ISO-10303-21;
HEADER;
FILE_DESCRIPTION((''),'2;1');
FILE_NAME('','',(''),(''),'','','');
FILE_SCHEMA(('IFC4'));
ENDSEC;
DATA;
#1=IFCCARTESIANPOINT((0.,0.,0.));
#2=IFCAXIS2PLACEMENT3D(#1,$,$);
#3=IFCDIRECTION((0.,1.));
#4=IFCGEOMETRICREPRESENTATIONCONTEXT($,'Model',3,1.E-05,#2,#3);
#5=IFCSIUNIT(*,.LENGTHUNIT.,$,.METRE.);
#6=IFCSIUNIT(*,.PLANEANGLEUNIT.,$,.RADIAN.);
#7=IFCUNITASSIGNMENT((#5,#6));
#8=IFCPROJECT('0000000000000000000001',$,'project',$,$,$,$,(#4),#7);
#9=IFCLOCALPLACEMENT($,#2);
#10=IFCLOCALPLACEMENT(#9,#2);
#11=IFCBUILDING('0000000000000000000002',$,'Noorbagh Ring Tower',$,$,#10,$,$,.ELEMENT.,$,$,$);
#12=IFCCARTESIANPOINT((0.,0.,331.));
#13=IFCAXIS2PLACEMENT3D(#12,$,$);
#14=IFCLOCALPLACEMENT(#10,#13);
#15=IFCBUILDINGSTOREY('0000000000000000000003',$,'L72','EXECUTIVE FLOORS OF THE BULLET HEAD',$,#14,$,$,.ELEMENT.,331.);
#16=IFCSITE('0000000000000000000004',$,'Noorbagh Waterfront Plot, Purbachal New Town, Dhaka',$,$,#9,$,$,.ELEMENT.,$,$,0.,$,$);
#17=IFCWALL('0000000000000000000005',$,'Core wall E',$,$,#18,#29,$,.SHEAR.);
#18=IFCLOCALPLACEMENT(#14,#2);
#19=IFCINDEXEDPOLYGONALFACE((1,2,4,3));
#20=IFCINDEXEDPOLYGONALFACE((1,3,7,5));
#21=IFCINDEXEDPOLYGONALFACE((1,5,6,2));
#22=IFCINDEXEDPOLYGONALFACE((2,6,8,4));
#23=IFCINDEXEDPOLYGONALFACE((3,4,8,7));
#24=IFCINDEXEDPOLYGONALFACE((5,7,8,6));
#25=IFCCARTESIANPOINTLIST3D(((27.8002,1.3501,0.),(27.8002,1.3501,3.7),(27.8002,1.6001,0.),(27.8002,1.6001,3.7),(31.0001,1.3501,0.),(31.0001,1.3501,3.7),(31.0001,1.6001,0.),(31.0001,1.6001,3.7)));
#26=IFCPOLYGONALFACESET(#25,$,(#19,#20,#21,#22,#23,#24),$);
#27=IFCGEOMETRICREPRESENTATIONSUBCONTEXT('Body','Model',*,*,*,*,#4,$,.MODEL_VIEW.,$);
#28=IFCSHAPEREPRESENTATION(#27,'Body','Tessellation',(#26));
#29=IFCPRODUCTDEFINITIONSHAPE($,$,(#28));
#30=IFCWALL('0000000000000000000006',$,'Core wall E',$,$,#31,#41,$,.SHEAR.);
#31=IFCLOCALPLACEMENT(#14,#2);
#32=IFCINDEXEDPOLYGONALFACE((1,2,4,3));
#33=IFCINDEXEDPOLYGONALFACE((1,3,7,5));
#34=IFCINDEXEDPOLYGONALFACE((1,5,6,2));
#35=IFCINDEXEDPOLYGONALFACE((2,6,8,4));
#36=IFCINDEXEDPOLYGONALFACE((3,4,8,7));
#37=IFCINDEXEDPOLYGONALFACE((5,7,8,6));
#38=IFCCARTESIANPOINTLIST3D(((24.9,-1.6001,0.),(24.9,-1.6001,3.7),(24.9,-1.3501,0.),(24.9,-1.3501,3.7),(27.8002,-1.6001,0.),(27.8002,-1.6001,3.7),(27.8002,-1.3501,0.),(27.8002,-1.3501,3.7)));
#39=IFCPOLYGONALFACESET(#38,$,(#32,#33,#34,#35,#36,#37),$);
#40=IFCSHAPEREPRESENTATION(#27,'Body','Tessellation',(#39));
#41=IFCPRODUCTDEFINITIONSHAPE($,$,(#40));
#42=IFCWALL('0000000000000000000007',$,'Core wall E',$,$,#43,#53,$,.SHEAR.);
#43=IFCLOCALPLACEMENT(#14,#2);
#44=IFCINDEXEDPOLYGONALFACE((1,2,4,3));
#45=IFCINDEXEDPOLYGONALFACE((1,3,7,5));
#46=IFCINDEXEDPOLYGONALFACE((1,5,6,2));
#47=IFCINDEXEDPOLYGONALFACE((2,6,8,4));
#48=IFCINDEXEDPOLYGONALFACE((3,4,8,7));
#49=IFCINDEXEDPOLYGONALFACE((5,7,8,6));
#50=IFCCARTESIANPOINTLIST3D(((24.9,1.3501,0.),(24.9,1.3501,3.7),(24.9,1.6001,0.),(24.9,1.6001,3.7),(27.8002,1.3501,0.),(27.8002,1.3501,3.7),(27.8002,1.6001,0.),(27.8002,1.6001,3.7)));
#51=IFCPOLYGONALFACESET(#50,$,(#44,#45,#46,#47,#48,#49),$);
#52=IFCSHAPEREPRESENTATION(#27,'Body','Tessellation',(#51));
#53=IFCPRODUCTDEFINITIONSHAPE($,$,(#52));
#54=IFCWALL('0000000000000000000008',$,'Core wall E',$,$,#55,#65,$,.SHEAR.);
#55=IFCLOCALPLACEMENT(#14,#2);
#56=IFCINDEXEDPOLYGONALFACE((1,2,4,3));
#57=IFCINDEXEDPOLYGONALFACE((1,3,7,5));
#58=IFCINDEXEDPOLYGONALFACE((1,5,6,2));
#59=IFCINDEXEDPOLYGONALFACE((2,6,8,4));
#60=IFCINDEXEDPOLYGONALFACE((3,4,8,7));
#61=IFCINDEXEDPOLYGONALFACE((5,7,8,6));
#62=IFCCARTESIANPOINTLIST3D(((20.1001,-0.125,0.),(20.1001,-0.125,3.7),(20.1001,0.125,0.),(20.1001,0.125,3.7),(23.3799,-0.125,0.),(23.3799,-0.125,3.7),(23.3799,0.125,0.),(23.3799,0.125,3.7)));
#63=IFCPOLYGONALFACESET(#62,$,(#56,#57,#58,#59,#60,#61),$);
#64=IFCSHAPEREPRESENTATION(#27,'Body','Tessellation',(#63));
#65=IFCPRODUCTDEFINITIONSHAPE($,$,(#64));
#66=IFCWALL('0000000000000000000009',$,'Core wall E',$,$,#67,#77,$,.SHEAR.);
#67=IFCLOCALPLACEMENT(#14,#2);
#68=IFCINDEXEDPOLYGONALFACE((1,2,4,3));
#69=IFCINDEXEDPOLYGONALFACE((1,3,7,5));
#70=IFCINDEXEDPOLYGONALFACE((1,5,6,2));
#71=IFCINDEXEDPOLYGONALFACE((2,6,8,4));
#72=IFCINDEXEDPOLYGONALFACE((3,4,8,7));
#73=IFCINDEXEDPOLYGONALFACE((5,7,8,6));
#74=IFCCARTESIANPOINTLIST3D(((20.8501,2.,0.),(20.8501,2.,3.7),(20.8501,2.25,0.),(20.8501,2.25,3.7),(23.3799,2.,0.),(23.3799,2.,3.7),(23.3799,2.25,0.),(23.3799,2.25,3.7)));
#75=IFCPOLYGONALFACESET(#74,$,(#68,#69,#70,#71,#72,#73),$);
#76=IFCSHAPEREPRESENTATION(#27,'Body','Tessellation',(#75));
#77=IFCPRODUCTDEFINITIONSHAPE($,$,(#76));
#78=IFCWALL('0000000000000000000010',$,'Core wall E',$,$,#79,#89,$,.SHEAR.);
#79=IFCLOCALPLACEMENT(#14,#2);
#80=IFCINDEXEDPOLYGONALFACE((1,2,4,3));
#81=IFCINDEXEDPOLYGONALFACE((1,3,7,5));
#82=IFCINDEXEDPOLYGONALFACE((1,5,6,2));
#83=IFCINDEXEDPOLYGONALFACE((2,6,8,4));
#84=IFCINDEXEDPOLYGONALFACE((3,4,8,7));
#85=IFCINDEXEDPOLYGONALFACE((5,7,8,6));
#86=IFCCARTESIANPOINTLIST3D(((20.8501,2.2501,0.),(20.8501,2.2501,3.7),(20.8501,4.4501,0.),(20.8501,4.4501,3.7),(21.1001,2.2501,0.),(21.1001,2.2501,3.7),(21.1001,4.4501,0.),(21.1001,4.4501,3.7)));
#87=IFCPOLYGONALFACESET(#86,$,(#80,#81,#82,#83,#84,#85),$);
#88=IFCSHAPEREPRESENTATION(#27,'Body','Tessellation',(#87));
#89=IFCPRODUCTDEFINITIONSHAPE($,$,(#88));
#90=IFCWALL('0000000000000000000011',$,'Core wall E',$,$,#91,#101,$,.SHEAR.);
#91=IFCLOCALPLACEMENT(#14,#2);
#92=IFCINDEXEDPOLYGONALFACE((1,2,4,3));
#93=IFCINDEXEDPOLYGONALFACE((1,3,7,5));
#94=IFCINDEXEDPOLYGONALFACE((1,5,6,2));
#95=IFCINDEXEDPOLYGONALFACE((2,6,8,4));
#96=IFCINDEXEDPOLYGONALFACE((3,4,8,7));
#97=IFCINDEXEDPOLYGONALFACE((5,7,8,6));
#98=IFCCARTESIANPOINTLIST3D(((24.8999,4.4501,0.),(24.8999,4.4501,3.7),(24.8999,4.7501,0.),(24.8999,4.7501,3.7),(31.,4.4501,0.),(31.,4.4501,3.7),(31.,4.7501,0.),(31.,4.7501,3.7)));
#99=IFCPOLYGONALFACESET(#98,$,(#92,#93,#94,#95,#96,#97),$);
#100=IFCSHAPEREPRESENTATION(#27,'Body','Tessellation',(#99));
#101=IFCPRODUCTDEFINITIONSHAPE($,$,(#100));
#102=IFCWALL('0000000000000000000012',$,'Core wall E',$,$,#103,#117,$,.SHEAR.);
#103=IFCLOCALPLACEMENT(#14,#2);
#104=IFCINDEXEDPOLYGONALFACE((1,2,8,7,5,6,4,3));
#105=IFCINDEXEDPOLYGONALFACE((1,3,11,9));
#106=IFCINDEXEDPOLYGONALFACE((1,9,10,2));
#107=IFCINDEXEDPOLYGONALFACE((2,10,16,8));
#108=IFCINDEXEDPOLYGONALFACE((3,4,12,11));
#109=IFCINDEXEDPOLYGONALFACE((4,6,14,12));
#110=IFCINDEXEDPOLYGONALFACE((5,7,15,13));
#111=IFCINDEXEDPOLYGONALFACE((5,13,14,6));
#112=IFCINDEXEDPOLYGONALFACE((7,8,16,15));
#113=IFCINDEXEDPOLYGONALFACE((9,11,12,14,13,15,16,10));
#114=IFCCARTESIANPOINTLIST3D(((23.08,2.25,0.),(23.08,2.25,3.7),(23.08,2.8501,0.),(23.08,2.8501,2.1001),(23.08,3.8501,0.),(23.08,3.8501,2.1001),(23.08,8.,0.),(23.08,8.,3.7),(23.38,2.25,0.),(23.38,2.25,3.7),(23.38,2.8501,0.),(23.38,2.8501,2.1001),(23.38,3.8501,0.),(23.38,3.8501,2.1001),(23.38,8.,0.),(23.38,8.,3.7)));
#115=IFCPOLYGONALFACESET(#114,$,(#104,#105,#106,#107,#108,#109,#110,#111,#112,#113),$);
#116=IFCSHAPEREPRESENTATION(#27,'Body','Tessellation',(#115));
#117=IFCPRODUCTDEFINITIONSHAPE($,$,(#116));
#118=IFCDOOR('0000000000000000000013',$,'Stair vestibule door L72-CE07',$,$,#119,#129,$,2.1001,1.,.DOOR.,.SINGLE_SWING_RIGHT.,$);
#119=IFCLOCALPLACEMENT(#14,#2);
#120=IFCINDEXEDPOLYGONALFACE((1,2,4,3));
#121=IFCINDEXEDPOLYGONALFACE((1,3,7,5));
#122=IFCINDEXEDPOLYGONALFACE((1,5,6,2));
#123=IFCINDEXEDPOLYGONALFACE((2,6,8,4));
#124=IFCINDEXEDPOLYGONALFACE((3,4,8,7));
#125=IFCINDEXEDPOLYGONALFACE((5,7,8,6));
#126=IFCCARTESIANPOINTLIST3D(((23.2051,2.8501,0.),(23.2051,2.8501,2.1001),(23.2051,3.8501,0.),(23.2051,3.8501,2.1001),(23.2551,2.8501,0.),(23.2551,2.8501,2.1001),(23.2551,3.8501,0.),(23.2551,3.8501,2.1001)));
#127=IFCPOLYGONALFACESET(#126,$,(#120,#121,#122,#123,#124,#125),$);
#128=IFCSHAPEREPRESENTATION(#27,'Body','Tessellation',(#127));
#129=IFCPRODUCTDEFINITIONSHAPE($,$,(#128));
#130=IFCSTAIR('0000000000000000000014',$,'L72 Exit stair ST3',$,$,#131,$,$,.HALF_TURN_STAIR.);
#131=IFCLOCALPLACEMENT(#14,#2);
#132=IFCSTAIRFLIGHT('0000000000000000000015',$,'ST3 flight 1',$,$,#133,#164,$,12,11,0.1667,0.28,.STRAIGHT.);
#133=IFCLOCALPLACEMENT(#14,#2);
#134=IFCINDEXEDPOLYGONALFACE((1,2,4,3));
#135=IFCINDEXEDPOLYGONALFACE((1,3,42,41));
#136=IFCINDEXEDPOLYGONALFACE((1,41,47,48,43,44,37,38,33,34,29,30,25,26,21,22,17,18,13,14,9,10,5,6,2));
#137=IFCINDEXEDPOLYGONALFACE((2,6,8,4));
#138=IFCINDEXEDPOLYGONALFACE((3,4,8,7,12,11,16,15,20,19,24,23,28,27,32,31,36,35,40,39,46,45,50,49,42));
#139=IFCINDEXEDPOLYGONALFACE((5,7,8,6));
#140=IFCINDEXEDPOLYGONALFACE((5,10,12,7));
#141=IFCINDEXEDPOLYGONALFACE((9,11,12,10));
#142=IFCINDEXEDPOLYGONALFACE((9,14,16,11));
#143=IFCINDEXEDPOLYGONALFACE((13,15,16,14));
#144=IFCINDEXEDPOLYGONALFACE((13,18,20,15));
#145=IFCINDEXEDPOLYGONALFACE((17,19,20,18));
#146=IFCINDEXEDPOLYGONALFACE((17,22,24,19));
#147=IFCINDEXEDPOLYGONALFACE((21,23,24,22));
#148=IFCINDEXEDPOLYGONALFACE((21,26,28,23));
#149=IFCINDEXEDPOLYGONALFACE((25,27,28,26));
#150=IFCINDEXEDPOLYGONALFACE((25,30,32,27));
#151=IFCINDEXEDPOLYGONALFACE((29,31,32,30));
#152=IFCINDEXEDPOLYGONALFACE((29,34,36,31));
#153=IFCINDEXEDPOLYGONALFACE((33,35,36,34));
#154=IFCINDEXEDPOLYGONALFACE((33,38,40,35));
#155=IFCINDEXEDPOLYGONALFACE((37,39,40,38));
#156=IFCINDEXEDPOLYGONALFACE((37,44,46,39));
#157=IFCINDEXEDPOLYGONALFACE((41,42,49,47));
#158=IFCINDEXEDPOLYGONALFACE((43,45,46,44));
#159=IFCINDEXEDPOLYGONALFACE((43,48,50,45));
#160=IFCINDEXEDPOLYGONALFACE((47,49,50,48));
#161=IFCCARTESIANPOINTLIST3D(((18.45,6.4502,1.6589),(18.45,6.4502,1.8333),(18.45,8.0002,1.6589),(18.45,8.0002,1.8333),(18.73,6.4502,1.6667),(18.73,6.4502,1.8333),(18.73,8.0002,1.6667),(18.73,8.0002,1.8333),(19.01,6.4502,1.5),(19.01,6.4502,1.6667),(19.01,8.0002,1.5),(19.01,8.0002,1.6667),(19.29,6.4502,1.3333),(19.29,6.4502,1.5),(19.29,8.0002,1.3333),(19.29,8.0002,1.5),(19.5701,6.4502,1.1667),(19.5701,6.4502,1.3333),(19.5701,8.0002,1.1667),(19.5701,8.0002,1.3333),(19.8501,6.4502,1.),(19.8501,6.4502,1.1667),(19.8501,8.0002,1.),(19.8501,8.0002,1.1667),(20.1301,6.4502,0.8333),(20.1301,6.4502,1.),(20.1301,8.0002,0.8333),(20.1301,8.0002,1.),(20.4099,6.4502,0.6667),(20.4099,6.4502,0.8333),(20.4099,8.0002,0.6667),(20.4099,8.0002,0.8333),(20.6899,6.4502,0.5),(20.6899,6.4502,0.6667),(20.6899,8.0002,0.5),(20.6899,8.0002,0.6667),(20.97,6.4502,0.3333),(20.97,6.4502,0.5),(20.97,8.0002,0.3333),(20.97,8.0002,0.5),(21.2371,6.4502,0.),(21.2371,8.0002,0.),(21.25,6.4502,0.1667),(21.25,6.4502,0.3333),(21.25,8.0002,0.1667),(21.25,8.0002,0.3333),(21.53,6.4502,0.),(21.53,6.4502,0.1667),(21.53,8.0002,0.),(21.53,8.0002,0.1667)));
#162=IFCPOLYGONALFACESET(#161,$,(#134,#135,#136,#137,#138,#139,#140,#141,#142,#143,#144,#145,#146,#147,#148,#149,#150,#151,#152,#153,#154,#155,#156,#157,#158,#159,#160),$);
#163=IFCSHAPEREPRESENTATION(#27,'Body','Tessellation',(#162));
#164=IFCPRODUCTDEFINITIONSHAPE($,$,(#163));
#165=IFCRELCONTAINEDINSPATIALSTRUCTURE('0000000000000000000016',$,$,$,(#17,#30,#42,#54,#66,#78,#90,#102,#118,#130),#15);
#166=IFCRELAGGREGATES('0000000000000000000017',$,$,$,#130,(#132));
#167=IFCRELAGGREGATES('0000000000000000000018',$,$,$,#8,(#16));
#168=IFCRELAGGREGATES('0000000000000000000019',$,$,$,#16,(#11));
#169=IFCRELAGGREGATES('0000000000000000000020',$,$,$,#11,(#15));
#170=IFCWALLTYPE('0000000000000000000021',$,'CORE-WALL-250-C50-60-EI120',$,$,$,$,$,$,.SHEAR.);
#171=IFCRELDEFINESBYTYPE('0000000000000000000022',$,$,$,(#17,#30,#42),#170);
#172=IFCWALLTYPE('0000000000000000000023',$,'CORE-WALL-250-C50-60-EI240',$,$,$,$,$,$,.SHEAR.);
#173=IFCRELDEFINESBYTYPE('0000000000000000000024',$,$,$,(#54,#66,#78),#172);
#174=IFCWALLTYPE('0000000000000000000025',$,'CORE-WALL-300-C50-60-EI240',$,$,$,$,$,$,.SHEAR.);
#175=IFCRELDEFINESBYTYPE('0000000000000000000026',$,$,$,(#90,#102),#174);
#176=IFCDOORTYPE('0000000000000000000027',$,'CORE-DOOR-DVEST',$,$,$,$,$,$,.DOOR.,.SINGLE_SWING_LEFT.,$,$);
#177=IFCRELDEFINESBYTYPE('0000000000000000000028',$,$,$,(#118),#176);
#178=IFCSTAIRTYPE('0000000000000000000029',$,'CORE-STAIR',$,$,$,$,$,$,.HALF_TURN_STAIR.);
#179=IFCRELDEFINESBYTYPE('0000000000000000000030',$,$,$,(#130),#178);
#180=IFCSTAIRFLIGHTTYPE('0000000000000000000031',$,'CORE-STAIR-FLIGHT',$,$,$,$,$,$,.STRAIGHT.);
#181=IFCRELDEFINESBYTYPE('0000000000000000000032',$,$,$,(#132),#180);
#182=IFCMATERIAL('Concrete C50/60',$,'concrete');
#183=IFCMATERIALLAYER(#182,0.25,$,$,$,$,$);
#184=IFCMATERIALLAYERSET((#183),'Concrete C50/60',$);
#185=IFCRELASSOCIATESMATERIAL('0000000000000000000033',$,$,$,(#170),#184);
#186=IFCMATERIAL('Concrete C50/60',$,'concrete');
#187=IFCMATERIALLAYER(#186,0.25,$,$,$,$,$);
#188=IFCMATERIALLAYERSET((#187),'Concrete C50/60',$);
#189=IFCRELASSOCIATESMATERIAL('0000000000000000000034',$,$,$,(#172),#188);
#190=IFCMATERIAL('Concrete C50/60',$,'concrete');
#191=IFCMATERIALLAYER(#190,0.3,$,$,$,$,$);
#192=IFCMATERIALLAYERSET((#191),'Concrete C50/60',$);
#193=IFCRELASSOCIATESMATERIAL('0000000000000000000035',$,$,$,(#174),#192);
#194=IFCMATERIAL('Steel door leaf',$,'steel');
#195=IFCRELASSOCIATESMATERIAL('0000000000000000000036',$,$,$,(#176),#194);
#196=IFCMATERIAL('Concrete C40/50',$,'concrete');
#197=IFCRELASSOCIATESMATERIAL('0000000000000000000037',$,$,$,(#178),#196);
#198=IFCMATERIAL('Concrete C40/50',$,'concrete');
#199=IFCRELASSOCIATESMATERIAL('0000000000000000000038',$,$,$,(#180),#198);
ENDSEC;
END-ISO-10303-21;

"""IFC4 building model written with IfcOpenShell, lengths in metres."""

from ifc_helpers import new_model, si_unit, direction, frame, frame_2d, origin, place, context, subcontext, project, spatial, polyline, rectangle, outline, extrude, material, layer, layer_set, type_object, element, fill, aggregate, save


model = new_model("IFC4")

# Units and contexts
model_context = context("Model", 3, precision=1e-05, world=origin(), true_north=direction((0.0, 1.0)))
body_context = subcontext(model_context, "Body", "Model", "MODEL_VIEW")
ifc_project = project(units=[si_unit("LENGTHUNIT", "METRE"), si_unit("PLANEANGLEUNIT", "RADIAN")], contexts=[model_context])

# Site, building, storey
site_placement = place(None, origin())
site = spatial("IfcSite", under=ifc_project, at=site_placement, Name="Noorbagh Waterfront Plot, Purbachal New Town, Dhaka", CompositionType="ELEMENT", RefElevation=0.0)
building_placement = place(site_placement, origin())
building = spatial("IfcBuilding", under=site, at=building_placement, Name="Noorbagh Ring Tower", CompositionType="ELEMENT")
storey_placement = place(building_placement, frame((0.0, 0.0, 331.0)))
storey = spatial("IfcBuildingStorey", under=building, at=storey_placement, Name="L72", Description="EXECUTIVE FLOORS OF THE BULLET HEAD", CompositionType="ELEMENT", Elevation=331.0)

# Walls
ifc_material_1 = material(Name="Concrete C50/60", Category="concrete")
ifc_layer_1 = layer(ifc_material_1, 0.25)
ifc_layer_set_1 = layer_set([ifc_layer_1], Name="Concrete C50/60")
wall_type_1 = type_object("IfcWallType", Name="CORE-WALL-250-C50-60-EI120", PredefinedType="SHEAR", material=ifc_layer_set_1)
wall_1_placement = place(storey_placement, frame((27.8, 1.4751, 0.0), z_axis=(0.0, 0.0, 1.0), x_axis=(1.0, 0.0, 0.0)))
element("IfcWall", 1, at=wall_1_placement, inside=storey, type_object=wall_type_1, Name="Core wall E", PredefinedType="SHEAR", context=body_context, shape_type="SweptSolid", body=[
    extrude(rectangle(XDim=3.2, YDim=0.25, at=frame_2d((1.6001, 0.0))), origin(), (0.0, 0.0, 1.0), 3.7),
])
for number, where, z_axis, x_axis, name in (
    (2, (24.8999, -1.4751, 0.0), (0.0, 0.0, 1.0), (1.0, 0.0, 0.0), "Core wall E"),
    (3, (24.8999, 1.4751, 0.0), (0.0, 0.0, 1.0), (1.0, 0.0, 0.0), "Core wall E"),
):
    element("IfcWall", number, at=place(storey_placement, frame(where, z_axis=z_axis, x_axis=x_axis)), inside=storey, type_object=wall_type_1, Name=name, PredefinedType="SHEAR", context=body_context, shape_type="SweptSolid", body=[
        extrude(rectangle(XDim=2.9001, YDim=0.25, at=frame_2d((1.4502, 0.0))), origin(), (0.0, 0.0, 1.0), 3.7),
    ])
ifc_material_2 = material(Name="Concrete C50/60", Category="concrete")
ifc_layer_2 = layer(ifc_material_2, 0.25)
ifc_layer_set_2 = layer_set([ifc_layer_2], Name="Concrete C50/60")
wall_type_2 = type_object("IfcWallType", Name="CORE-WALL-250-C50-60-EI240", PredefinedType="SHEAR", material=ifc_layer_set_2)
wall_2_placement = place(storey_placement, frame((20.1001, 0.0, 0.0), z_axis=(0.0, 0.0, 1.0), x_axis=(1.0, 0.0, 0.0)))
element("IfcWall", 4, at=wall_2_placement, inside=storey, type_object=wall_type_2, Name="Core wall E", PredefinedType="SHEAR", context=body_context, shape_type="SweptSolid", body=[
    extrude(rectangle(XDim=3.2798, YDim=0.25, at=frame_2d((1.6399, 0.0))), origin(), (0.0, 0.0, 1.0), 3.7),
])
wall_3_placement = place(storey_placement, frame((20.8501, 2.125, 0.0), z_axis=(0.0, 0.0, 1.0), x_axis=(1.0, 0.0, 0.0)))
element("IfcWall", 5, at=wall_3_placement, inside=storey, type_object=wall_type_2, Name="Core wall E", PredefinedType="SHEAR", context=body_context, shape_type="SweptSolid", body=[
    extrude(rectangle(XDim=2.5298, YDim=0.25, at=frame_2d((1.2649, 0.0))), origin(), (0.0, 0.0, 1.0), 3.7),
])
wall_4_placement = place(storey_placement, frame((20.9751, 2.25, 0.0), z_axis=(0.0, 0.0, 1.0), x_axis=(0.0, 1.0, 0.0)))
element("IfcWall", 6, at=wall_4_placement, inside=storey, type_object=wall_type_2, Name="Core wall E", PredefinedType="SHEAR", context=body_context, shape_type="SweptSolid", body=[
    extrude(rectangle(XDim=2.2, YDim=0.25, at=frame_2d((1.1001, 0.0))), origin(), (0.0, 0.0, 1.0), 3.7),
])
ifc_material_3 = material(Name="Concrete C50/60", Category="concrete")
ifc_layer_3 = layer(ifc_material_3, 0.3)
ifc_layer_set_3 = layer_set([ifc_layer_3], Name="Concrete C50/60")
wall_type_3 = type_object("IfcWallType", Name="CORE-WALL-300-C50-60-EI240", PredefinedType="SHEAR", material=ifc_layer_set_3)
wall_5_placement = place(storey_placement, frame((24.8999, 4.6001, 0.0), z_axis=(0.0, 0.0, 1.0), x_axis=(1.0, 0.0, 0.0)))
element("IfcWall", 7, at=wall_5_placement, inside=storey, type_object=wall_type_3, Name="Core wall E", PredefinedType="SHEAR", context=body_context, shape_type="SweptSolid", body=[
    extrude(rectangle(XDim=6.1001, YDim=0.3, at=frame_2d((3.05, 0.0))), origin(), (0.0, 0.0, 1.0), 3.7),
])

# Wall, opening, door
wall_6_placement = place(storey_placement, frame((23.23, 2.25, 0.0), z_axis=(0.0, 0.0, 1.0), x_axis=(0.0, 1.0, 0.0)))
wall_6 = element("IfcWall", 8, at=wall_6_placement, inside=storey, type_object=wall_type_3, Name="Core wall E", PredefinedType="SHEAR", context=body_context, shape_type="SweptSolid", body=[
    extrude(rectangle(XDim=5.75, YDim=0.3, at=frame_2d((2.875, 0.0))), origin(), (0.0, 0.0, 1.0), 3.7),
])
opening_1_placement = place(wall_6_placement, frame((0.6001, 0.0, 0.0)))
opening_1 = element("IfcOpeningElement", 9, at=opening_1_placement, cuts=wall_6, PredefinedType="OPENING", context=body_context, shape_type="SweptSolid", body=[
    extrude(rectangle(XDim=1.0, YDim=2.1001, at=frame_2d((0.5, 1.05))), frame((0.0, 0.1602, 0.0), z_axis=(0.0, -1.0, 0.0), x_axis=(1.0, 0.0, 0.0)), (0.0, 0.0, 1.0), 0.3201),
])
ifc_material_4 = material(Name="Steel door leaf", Category="steel")
door_type_1 = type_object("IfcDoorType", Name="CORE-DOOR-DVEST", OperationType="SINGLE_SWING_LEFT", PredefinedType="DOOR", material=ifc_material_4)
door_1_placement = place(opening_1_placement, origin())
door_1 = element("IfcDoor", 10, at=door_1_placement, inside=storey, type_object=door_type_1, Name="Stair vestibule door L72-CE07", OperationType="SINGLE_SWING_RIGHT", OverallHeight=2.1001, OverallWidth=1.0, PredefinedType="DOOR", context=body_context, shape_type="SweptSolid", body=[
    extrude(rectangle(XDim=1.0, YDim=2.1001, at=frame_2d((0.5, 1.05))), frame((0.0, 0.0249, 0.0), z_axis=(0.0, -1.0, 0.0), x_axis=(1.0, 0.0, 0.0)), (0.0, 0.0, 1.0), 0.05),
])
fill(opening_1, door_1)

# Stair, stair flight
ifc_material_5 = material(Name="Concrete C40/50", Category="concrete")
stair_type = type_object("IfcStairType", Name="CORE-STAIR", PredefinedType="HALF_TURN_STAIR", material=ifc_material_5)
stair_placement = place(storey_placement, origin())
stair = element("IfcStair", 11, at=stair_placement, inside=storey, type_object=stair_type, Name="L72 Exit stair ST3", PredefinedType="HALF_TURN_STAIR")
ifc_material_6 = material(Name="Concrete C40/50", Category="concrete")
stair_flight_type = type_object("IfcStairFlightType", Name="CORE-STAIR-FLIGHT", PredefinedType="STRAIGHT", material=ifc_material_6)
stair_flight_placement = place(storey_placement, frame((21.53, 7.2251, 0.0), z_axis=(0.0, 0.0, 1.0), x_axis=(-1.0, 0.0, 0.0)))
stair_flight = element("IfcStairFlight", 12, at=stair_flight_placement, type_object=stair_flight_type, Name="ST3 flight 1", NumberOfRisers=12, NumberOfTreads=11, PredefinedType="STRAIGHT", RiserHeight=0.1667, TreadLength=0.28, context=body_context, shape_type="SweptSolid", body=[
    extrude(outline(polyline([(0.0, 0.0), (0.0, 0.1667), (0.28, 0.1667), (0.28, 0.3333), (0.5601, 0.3333), (0.5601, 0.5), (0.8401, 0.5), (0.8401, 0.6667), (1.1201, 0.6667), (1.1201, 0.8333), (1.3999, 0.8333), (1.3999, 1.0), (1.6799, 1.0), (1.6799, 1.1667), (1.96, 1.1667), (1.96, 1.3333), (2.24, 1.3333), (2.24, 1.5), (2.52, 1.5), (2.52, 1.6667), (2.8, 1.6667), (2.8, 1.8333), (3.0801, 1.8333), (3.0801, 2.0), (3.0801, 1.6589), (0.293, 0.0), (0.0, 0.0)])), frame((0.0, 0.7749, 0.0), z_axis=(0.0, -1.0, 0.0), x_axis=(1.0, 0.0, 0.0)), (0.0, 0.0, 1.0), 1.55),
])
aggregate(stair, [stair_flight])

save(model, "model.ifc")
